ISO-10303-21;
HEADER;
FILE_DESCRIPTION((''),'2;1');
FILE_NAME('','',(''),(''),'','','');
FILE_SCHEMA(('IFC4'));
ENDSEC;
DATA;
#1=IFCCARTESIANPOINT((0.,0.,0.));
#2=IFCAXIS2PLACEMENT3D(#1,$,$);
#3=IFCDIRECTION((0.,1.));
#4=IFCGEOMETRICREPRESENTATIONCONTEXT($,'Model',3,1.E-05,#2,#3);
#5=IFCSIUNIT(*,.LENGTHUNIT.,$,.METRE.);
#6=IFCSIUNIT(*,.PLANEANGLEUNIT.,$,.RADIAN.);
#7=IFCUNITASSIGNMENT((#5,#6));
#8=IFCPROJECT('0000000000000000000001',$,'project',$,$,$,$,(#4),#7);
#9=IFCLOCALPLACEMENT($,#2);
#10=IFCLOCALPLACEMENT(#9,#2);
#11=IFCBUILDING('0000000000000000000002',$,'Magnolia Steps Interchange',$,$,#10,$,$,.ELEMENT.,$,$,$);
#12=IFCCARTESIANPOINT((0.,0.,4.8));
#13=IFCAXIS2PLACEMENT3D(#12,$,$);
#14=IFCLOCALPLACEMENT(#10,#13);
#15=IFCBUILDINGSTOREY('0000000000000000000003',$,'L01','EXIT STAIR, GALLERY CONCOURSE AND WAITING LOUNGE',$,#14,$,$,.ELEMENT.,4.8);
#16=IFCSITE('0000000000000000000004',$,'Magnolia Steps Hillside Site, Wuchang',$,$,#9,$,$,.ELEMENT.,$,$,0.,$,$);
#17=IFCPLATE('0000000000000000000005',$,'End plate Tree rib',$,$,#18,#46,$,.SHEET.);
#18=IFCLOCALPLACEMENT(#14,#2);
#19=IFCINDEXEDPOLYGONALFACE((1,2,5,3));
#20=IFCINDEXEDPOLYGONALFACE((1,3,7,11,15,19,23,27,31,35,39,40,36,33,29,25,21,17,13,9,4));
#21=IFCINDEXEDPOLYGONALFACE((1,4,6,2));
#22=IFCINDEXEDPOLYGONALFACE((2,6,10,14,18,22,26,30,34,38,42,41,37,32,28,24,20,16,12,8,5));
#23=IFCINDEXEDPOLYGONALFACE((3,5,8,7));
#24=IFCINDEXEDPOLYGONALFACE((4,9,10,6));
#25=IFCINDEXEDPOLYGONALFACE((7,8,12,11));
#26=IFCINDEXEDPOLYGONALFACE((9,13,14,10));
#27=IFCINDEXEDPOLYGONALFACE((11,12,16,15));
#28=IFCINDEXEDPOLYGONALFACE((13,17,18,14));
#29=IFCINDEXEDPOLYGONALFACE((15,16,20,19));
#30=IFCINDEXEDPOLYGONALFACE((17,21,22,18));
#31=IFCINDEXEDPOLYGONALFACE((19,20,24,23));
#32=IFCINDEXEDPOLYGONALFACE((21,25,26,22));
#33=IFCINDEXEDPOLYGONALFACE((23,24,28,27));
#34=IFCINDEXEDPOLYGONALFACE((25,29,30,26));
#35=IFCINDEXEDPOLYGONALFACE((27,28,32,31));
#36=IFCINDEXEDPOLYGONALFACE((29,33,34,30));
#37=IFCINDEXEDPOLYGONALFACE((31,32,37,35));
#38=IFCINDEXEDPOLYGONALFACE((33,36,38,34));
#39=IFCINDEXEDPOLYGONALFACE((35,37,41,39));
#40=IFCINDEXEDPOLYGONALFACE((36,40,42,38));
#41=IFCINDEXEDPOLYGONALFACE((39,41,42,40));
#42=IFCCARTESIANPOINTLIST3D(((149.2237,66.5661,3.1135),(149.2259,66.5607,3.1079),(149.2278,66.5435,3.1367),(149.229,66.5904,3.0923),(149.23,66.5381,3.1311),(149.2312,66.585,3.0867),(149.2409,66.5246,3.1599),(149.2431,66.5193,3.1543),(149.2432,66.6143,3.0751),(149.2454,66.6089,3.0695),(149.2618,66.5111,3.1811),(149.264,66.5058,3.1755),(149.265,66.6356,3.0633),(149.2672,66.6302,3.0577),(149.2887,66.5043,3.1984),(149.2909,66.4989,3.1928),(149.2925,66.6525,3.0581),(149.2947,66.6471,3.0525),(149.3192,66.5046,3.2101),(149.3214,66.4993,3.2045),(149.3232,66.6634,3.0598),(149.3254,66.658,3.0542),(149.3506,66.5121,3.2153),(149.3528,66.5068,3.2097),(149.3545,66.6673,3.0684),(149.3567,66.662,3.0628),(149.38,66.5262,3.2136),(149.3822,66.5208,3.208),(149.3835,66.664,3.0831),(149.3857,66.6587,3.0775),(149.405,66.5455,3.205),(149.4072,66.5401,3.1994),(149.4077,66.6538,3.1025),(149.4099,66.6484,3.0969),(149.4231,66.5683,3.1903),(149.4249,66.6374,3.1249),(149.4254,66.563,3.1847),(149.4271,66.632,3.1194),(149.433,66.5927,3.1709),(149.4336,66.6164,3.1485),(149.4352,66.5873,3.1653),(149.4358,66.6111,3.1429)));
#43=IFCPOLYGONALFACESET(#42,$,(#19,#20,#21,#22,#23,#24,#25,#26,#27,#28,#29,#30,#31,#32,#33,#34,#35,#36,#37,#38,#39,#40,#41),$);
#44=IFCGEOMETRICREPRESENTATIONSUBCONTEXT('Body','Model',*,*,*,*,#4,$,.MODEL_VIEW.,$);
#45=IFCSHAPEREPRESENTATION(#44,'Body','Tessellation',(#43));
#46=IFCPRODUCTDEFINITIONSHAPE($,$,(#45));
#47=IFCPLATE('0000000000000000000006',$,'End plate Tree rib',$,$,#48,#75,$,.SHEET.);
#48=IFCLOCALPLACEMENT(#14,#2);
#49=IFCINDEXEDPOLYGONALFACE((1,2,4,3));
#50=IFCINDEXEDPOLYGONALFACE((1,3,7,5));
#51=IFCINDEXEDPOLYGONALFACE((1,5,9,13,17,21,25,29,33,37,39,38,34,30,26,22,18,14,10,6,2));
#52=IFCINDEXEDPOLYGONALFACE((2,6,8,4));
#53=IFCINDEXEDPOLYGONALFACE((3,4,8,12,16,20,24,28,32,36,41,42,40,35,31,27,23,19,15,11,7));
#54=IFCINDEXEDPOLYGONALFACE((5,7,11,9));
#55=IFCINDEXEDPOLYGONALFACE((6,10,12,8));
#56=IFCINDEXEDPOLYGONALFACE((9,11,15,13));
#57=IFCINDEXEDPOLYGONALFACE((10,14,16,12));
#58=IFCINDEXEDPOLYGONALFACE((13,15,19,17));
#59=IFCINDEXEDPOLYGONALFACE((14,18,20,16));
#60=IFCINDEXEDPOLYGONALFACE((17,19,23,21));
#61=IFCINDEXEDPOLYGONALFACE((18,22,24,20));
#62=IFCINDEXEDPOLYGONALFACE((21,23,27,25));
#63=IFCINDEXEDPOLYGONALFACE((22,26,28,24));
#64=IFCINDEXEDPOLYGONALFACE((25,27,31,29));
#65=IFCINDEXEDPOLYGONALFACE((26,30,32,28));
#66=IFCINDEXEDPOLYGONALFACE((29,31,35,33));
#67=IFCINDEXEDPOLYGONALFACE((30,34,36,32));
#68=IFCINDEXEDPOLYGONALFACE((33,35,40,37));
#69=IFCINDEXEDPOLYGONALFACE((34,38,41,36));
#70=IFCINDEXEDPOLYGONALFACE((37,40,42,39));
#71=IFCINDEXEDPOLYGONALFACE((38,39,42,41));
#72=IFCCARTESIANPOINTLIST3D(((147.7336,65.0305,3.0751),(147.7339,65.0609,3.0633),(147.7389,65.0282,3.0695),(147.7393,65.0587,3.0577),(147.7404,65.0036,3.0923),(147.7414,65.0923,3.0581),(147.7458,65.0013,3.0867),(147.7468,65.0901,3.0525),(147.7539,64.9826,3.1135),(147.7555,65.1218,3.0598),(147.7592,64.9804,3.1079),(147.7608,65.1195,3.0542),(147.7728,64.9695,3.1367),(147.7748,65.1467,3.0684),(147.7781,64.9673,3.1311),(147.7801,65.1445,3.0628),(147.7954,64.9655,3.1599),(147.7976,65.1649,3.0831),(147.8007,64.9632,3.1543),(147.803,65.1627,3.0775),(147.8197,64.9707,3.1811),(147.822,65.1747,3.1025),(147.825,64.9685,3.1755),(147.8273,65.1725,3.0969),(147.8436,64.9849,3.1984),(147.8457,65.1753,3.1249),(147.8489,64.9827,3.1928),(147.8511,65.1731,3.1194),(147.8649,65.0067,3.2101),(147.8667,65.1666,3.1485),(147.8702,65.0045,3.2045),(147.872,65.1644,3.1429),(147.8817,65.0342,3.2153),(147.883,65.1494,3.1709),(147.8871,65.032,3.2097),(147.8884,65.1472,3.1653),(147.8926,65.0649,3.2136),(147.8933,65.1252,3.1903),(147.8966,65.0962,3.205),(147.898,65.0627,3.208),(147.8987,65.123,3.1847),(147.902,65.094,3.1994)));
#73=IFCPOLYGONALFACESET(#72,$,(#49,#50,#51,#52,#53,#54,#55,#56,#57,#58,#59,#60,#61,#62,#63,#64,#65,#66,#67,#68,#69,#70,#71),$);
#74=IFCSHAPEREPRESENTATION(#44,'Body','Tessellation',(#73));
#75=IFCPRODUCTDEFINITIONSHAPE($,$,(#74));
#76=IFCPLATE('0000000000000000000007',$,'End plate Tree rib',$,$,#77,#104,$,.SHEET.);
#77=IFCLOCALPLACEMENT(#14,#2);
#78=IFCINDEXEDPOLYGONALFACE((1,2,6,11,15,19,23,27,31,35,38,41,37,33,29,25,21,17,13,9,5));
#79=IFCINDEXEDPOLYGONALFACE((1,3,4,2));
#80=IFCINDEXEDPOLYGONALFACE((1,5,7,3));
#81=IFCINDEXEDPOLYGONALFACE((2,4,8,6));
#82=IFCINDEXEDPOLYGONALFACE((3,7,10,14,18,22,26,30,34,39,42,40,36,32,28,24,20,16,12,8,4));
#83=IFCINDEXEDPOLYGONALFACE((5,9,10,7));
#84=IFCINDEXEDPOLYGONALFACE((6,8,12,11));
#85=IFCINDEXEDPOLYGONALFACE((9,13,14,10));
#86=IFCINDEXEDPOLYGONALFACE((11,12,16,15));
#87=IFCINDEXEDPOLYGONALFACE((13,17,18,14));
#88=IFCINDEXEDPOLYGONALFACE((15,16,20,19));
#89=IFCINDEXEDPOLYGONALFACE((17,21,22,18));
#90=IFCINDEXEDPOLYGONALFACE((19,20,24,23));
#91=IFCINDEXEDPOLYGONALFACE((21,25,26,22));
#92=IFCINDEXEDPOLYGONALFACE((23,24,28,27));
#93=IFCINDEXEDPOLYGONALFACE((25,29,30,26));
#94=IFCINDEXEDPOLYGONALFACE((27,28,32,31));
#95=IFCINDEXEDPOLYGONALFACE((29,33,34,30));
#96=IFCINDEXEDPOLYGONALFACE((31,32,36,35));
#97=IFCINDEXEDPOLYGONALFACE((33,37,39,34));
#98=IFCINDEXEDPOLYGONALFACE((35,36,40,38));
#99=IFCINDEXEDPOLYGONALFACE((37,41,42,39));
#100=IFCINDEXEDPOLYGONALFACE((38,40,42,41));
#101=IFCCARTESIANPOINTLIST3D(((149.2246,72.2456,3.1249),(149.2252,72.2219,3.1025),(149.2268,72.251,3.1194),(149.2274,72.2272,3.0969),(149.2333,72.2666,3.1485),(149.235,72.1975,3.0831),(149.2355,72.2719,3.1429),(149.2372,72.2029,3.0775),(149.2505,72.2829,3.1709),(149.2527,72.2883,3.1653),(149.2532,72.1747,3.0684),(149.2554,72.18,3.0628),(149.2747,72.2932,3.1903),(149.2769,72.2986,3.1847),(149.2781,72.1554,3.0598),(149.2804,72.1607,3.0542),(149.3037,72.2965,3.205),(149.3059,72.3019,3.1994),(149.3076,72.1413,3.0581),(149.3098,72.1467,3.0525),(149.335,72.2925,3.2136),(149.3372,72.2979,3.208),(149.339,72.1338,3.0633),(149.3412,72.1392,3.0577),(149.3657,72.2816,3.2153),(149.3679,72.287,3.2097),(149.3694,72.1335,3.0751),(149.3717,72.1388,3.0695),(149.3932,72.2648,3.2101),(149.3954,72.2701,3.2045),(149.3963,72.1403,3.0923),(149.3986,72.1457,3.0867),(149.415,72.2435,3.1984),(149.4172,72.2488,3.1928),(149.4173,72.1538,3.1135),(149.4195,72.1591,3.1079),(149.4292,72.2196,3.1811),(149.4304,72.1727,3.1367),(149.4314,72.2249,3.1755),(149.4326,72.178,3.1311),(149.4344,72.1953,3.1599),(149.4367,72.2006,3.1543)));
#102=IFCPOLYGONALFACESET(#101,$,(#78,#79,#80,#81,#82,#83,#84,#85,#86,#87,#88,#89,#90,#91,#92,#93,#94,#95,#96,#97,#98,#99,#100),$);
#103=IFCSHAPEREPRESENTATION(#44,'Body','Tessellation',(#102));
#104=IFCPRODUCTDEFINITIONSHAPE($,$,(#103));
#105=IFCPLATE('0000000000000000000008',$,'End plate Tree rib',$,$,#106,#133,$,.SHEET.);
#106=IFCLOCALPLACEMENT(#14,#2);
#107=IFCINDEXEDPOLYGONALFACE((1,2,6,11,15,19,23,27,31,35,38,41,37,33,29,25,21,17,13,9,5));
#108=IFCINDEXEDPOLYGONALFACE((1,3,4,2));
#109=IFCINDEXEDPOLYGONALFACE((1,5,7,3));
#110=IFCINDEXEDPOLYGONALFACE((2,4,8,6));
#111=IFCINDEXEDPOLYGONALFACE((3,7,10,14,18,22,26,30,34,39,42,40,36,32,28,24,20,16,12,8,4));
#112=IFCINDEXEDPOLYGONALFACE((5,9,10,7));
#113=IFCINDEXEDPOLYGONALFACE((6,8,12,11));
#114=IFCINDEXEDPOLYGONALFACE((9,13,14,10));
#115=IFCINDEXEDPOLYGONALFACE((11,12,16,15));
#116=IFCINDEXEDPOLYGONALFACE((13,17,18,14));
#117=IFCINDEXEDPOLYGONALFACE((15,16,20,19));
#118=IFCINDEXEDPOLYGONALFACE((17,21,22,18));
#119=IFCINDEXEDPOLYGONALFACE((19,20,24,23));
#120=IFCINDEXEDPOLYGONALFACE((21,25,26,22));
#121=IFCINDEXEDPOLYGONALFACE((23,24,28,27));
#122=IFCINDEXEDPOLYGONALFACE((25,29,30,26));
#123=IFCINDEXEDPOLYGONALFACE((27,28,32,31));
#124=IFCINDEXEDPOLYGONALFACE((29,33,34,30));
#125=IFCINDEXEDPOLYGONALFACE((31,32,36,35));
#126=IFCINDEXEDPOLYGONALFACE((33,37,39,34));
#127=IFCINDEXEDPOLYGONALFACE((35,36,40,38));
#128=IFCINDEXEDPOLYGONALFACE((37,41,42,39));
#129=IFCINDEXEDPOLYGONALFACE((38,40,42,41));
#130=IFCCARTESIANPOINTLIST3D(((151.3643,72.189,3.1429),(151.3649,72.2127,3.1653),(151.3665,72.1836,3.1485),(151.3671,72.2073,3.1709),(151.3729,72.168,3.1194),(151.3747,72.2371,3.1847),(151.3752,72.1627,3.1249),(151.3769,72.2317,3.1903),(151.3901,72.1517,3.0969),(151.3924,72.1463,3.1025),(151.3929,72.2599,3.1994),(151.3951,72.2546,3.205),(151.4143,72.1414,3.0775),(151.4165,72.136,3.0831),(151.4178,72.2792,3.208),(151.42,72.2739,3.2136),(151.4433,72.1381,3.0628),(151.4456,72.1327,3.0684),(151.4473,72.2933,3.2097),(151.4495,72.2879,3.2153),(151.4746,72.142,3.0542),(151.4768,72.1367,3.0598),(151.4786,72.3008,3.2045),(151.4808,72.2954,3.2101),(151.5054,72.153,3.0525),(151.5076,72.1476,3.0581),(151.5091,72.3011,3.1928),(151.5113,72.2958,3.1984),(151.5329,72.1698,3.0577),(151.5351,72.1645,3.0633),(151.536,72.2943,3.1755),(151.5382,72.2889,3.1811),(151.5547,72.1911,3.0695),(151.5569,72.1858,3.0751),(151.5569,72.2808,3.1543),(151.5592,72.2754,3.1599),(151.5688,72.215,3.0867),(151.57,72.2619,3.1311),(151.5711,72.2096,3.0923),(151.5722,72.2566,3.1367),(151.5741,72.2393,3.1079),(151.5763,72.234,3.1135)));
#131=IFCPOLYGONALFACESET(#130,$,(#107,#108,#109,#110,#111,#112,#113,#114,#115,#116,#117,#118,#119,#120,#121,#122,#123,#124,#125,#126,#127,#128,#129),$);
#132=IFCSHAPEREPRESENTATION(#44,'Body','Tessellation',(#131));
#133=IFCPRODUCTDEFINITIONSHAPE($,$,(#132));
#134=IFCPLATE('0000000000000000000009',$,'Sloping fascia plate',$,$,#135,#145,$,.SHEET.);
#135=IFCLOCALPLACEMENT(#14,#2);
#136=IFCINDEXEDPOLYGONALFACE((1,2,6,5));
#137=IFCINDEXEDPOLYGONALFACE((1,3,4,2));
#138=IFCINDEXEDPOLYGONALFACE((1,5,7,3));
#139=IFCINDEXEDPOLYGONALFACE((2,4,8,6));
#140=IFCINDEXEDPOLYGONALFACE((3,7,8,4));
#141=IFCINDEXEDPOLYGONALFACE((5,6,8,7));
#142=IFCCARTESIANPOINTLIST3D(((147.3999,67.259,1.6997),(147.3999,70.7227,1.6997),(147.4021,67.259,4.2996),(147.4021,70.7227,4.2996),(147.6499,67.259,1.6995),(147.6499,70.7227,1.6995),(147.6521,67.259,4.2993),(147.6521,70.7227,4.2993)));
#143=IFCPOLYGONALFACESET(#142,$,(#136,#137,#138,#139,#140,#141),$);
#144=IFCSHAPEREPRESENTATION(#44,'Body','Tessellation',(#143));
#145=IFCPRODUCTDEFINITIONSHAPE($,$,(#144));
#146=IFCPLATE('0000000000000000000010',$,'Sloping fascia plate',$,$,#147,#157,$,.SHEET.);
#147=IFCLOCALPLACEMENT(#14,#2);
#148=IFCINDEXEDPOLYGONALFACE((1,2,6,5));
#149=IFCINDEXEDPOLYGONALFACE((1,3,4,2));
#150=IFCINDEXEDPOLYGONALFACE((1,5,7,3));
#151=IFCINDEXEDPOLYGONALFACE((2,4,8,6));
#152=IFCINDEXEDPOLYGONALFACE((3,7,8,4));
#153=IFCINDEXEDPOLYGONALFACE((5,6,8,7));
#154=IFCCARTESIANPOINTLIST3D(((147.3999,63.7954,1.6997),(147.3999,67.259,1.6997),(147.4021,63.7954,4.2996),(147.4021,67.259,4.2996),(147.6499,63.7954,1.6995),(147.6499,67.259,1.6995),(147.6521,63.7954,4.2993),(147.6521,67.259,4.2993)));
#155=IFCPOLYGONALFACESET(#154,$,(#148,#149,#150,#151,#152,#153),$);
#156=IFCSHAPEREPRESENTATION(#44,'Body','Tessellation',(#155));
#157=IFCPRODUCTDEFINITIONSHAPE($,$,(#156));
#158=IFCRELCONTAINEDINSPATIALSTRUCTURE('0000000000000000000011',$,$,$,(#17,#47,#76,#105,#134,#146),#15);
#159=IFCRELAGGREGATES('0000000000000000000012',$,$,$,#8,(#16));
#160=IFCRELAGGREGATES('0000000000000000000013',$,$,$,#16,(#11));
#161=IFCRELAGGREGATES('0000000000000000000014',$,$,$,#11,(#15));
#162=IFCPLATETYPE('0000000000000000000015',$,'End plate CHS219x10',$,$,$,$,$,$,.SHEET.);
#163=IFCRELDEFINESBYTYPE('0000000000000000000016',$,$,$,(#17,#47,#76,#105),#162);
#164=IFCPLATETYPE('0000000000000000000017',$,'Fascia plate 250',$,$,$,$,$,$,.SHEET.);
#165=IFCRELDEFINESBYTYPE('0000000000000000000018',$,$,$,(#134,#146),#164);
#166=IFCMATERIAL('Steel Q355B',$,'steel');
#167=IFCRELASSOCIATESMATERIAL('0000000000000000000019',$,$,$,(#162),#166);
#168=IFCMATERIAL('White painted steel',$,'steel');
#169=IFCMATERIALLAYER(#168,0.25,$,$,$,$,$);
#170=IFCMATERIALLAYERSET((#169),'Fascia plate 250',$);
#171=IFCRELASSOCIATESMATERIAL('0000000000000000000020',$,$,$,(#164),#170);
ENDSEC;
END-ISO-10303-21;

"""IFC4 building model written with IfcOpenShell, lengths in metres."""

from ifc_helpers import new_model, si_unit, direction, frame, origin, origin_2d, place, context, subcontext, project, spatial, polyline, circle, outline, extrude, material, layer, layer_set, material_profile, profile_set, type_object, element, save


model = new_model("IFC4")

# Units and contexts
model_context = context("Model", 3, precision=1e-05, world=origin(), true_north=direction((0.0, 1.0)))
body_context = subcontext(model_context, "Body", "Model", "MODEL_VIEW")
ifc_project = project(units=[si_unit("LENGTHUNIT", "METRE"), si_unit("PLANEANGLEUNIT", "RADIAN")], contexts=[model_context])

# Site, building, storey
site_placement = place(None, origin())
site = spatial("IfcSite", under=ifc_project, at=site_placement, Name="Magnolia Steps Hillside Site, Wuchang", CompositionType="ELEMENT", RefElevation=0.0)
building_placement = place(site_placement, origin())
building = spatial("IfcBuilding", under=site, at=building_placement, Name="Magnolia Steps Interchange", CompositionType="ELEMENT")
storey_placement = place(building_placement, frame((0.0, 0.0, 4.8)))
storey = spatial("IfcBuildingStorey", under=building, at=storey_placement, Name="L01", Description="EXIT STAIR, GALLERY CONCOURSE AND WAITING LOUNGE", CompositionType="ELEMENT", Elevation=4.8)

# Plates
ifc_material_1 = material(Name="Steel Q355B", Category="steel")
ifc_material_profile_1 = material_profile(ifc_material_1, circle(Radius=0.1096, at=origin_2d()), Name="End plate CHS219x10")
ifc_profile_set_1 = profile_set([ifc_material_profile_1], Name="Steel Q355B")
plate_type_1 = type_object("IfcPlateType", Name="End plate CHS219x10", PredefinedType="SHEET", material=ifc_profile_set_1)
for number, where, z_axis, x_axis, name in (
    (1, (149.3313, 66.5801, 3.1311), (-0.275279, 0.664583, 0.694658), (-0.92388, -0.382683, 0.0), "End plate Tree rib"),
    (2, (147.8201, 65.0686, 3.1311), (-0.664583, 0.275279, 0.694658), (-0.382683, -0.92388, 0.0), "End plate Tree rib"),
    (3, (149.3313, 72.22, 3.1311), (-0.275279, -0.664583, 0.694658), (0.92388, -0.382683, 0.0), "End plate Tree rib"),
    (4, (151.4688, 72.22, 3.1311), (0.275279, -0.664583, 0.694658), (0.92388, 0.382683, 0.0), "End plate Tree rib"),
):
    element("IfcPlate", number, at=place(storey_placement, frame(where, z_axis=z_axis, x_axis=x_axis)), inside=storey, type_object=plate_type_1, Name=name, PredefinedType="SHEET", context=body_context, shape_type="SweptSolid", body=[
        extrude(circle(Radius=0.1096, at=origin_2d()), origin(), (0.0, 0.0, 1.0), 0.0081),
    ])
ifc_material_2 = material(Name="White painted steel", Category="steel")
ifc_layer = layer(ifc_material_2, 0.25)
ifc_layer_set = layer_set([ifc_layer], Name="Fascia plate 250")
plate_type_2 = type_object("IfcPlateType", Name="Fascia plate 250", PredefinedType="SHEET", material=ifc_layer_set)
for number, where, z_axis, x_axis, name in (
    (5, (147.3999, 70.7227, 1.6997), (-1.0, 0.0, 0.000845), (0.0, -1.0, 0.0), "Sloping fascia plate"),
    (6, (147.3999, 67.259, 1.6997), (-1.0, 0.0, 0.000845), (0.0, -1.0, 0.0), "Sloping fascia plate"),
):
    element("IfcPlate", number, at=place(storey_placement, frame(where, z_axis=z_axis, x_axis=x_axis)), inside=storey, type_object=plate_type_2, Name=name, PredefinedType="SHEET", context=body_context, shape_type="SweptSolid", body=[
        extrude(outline(polyline([(0.0, 0.0), (3.4636, 0.0), (3.4636, 2.5999), (0.0, 2.5999), (0.0, 0.0)])), origin(), (0.0, 0.0, -1.0), 0.25),
    ])

save(model, "model.ifc")
